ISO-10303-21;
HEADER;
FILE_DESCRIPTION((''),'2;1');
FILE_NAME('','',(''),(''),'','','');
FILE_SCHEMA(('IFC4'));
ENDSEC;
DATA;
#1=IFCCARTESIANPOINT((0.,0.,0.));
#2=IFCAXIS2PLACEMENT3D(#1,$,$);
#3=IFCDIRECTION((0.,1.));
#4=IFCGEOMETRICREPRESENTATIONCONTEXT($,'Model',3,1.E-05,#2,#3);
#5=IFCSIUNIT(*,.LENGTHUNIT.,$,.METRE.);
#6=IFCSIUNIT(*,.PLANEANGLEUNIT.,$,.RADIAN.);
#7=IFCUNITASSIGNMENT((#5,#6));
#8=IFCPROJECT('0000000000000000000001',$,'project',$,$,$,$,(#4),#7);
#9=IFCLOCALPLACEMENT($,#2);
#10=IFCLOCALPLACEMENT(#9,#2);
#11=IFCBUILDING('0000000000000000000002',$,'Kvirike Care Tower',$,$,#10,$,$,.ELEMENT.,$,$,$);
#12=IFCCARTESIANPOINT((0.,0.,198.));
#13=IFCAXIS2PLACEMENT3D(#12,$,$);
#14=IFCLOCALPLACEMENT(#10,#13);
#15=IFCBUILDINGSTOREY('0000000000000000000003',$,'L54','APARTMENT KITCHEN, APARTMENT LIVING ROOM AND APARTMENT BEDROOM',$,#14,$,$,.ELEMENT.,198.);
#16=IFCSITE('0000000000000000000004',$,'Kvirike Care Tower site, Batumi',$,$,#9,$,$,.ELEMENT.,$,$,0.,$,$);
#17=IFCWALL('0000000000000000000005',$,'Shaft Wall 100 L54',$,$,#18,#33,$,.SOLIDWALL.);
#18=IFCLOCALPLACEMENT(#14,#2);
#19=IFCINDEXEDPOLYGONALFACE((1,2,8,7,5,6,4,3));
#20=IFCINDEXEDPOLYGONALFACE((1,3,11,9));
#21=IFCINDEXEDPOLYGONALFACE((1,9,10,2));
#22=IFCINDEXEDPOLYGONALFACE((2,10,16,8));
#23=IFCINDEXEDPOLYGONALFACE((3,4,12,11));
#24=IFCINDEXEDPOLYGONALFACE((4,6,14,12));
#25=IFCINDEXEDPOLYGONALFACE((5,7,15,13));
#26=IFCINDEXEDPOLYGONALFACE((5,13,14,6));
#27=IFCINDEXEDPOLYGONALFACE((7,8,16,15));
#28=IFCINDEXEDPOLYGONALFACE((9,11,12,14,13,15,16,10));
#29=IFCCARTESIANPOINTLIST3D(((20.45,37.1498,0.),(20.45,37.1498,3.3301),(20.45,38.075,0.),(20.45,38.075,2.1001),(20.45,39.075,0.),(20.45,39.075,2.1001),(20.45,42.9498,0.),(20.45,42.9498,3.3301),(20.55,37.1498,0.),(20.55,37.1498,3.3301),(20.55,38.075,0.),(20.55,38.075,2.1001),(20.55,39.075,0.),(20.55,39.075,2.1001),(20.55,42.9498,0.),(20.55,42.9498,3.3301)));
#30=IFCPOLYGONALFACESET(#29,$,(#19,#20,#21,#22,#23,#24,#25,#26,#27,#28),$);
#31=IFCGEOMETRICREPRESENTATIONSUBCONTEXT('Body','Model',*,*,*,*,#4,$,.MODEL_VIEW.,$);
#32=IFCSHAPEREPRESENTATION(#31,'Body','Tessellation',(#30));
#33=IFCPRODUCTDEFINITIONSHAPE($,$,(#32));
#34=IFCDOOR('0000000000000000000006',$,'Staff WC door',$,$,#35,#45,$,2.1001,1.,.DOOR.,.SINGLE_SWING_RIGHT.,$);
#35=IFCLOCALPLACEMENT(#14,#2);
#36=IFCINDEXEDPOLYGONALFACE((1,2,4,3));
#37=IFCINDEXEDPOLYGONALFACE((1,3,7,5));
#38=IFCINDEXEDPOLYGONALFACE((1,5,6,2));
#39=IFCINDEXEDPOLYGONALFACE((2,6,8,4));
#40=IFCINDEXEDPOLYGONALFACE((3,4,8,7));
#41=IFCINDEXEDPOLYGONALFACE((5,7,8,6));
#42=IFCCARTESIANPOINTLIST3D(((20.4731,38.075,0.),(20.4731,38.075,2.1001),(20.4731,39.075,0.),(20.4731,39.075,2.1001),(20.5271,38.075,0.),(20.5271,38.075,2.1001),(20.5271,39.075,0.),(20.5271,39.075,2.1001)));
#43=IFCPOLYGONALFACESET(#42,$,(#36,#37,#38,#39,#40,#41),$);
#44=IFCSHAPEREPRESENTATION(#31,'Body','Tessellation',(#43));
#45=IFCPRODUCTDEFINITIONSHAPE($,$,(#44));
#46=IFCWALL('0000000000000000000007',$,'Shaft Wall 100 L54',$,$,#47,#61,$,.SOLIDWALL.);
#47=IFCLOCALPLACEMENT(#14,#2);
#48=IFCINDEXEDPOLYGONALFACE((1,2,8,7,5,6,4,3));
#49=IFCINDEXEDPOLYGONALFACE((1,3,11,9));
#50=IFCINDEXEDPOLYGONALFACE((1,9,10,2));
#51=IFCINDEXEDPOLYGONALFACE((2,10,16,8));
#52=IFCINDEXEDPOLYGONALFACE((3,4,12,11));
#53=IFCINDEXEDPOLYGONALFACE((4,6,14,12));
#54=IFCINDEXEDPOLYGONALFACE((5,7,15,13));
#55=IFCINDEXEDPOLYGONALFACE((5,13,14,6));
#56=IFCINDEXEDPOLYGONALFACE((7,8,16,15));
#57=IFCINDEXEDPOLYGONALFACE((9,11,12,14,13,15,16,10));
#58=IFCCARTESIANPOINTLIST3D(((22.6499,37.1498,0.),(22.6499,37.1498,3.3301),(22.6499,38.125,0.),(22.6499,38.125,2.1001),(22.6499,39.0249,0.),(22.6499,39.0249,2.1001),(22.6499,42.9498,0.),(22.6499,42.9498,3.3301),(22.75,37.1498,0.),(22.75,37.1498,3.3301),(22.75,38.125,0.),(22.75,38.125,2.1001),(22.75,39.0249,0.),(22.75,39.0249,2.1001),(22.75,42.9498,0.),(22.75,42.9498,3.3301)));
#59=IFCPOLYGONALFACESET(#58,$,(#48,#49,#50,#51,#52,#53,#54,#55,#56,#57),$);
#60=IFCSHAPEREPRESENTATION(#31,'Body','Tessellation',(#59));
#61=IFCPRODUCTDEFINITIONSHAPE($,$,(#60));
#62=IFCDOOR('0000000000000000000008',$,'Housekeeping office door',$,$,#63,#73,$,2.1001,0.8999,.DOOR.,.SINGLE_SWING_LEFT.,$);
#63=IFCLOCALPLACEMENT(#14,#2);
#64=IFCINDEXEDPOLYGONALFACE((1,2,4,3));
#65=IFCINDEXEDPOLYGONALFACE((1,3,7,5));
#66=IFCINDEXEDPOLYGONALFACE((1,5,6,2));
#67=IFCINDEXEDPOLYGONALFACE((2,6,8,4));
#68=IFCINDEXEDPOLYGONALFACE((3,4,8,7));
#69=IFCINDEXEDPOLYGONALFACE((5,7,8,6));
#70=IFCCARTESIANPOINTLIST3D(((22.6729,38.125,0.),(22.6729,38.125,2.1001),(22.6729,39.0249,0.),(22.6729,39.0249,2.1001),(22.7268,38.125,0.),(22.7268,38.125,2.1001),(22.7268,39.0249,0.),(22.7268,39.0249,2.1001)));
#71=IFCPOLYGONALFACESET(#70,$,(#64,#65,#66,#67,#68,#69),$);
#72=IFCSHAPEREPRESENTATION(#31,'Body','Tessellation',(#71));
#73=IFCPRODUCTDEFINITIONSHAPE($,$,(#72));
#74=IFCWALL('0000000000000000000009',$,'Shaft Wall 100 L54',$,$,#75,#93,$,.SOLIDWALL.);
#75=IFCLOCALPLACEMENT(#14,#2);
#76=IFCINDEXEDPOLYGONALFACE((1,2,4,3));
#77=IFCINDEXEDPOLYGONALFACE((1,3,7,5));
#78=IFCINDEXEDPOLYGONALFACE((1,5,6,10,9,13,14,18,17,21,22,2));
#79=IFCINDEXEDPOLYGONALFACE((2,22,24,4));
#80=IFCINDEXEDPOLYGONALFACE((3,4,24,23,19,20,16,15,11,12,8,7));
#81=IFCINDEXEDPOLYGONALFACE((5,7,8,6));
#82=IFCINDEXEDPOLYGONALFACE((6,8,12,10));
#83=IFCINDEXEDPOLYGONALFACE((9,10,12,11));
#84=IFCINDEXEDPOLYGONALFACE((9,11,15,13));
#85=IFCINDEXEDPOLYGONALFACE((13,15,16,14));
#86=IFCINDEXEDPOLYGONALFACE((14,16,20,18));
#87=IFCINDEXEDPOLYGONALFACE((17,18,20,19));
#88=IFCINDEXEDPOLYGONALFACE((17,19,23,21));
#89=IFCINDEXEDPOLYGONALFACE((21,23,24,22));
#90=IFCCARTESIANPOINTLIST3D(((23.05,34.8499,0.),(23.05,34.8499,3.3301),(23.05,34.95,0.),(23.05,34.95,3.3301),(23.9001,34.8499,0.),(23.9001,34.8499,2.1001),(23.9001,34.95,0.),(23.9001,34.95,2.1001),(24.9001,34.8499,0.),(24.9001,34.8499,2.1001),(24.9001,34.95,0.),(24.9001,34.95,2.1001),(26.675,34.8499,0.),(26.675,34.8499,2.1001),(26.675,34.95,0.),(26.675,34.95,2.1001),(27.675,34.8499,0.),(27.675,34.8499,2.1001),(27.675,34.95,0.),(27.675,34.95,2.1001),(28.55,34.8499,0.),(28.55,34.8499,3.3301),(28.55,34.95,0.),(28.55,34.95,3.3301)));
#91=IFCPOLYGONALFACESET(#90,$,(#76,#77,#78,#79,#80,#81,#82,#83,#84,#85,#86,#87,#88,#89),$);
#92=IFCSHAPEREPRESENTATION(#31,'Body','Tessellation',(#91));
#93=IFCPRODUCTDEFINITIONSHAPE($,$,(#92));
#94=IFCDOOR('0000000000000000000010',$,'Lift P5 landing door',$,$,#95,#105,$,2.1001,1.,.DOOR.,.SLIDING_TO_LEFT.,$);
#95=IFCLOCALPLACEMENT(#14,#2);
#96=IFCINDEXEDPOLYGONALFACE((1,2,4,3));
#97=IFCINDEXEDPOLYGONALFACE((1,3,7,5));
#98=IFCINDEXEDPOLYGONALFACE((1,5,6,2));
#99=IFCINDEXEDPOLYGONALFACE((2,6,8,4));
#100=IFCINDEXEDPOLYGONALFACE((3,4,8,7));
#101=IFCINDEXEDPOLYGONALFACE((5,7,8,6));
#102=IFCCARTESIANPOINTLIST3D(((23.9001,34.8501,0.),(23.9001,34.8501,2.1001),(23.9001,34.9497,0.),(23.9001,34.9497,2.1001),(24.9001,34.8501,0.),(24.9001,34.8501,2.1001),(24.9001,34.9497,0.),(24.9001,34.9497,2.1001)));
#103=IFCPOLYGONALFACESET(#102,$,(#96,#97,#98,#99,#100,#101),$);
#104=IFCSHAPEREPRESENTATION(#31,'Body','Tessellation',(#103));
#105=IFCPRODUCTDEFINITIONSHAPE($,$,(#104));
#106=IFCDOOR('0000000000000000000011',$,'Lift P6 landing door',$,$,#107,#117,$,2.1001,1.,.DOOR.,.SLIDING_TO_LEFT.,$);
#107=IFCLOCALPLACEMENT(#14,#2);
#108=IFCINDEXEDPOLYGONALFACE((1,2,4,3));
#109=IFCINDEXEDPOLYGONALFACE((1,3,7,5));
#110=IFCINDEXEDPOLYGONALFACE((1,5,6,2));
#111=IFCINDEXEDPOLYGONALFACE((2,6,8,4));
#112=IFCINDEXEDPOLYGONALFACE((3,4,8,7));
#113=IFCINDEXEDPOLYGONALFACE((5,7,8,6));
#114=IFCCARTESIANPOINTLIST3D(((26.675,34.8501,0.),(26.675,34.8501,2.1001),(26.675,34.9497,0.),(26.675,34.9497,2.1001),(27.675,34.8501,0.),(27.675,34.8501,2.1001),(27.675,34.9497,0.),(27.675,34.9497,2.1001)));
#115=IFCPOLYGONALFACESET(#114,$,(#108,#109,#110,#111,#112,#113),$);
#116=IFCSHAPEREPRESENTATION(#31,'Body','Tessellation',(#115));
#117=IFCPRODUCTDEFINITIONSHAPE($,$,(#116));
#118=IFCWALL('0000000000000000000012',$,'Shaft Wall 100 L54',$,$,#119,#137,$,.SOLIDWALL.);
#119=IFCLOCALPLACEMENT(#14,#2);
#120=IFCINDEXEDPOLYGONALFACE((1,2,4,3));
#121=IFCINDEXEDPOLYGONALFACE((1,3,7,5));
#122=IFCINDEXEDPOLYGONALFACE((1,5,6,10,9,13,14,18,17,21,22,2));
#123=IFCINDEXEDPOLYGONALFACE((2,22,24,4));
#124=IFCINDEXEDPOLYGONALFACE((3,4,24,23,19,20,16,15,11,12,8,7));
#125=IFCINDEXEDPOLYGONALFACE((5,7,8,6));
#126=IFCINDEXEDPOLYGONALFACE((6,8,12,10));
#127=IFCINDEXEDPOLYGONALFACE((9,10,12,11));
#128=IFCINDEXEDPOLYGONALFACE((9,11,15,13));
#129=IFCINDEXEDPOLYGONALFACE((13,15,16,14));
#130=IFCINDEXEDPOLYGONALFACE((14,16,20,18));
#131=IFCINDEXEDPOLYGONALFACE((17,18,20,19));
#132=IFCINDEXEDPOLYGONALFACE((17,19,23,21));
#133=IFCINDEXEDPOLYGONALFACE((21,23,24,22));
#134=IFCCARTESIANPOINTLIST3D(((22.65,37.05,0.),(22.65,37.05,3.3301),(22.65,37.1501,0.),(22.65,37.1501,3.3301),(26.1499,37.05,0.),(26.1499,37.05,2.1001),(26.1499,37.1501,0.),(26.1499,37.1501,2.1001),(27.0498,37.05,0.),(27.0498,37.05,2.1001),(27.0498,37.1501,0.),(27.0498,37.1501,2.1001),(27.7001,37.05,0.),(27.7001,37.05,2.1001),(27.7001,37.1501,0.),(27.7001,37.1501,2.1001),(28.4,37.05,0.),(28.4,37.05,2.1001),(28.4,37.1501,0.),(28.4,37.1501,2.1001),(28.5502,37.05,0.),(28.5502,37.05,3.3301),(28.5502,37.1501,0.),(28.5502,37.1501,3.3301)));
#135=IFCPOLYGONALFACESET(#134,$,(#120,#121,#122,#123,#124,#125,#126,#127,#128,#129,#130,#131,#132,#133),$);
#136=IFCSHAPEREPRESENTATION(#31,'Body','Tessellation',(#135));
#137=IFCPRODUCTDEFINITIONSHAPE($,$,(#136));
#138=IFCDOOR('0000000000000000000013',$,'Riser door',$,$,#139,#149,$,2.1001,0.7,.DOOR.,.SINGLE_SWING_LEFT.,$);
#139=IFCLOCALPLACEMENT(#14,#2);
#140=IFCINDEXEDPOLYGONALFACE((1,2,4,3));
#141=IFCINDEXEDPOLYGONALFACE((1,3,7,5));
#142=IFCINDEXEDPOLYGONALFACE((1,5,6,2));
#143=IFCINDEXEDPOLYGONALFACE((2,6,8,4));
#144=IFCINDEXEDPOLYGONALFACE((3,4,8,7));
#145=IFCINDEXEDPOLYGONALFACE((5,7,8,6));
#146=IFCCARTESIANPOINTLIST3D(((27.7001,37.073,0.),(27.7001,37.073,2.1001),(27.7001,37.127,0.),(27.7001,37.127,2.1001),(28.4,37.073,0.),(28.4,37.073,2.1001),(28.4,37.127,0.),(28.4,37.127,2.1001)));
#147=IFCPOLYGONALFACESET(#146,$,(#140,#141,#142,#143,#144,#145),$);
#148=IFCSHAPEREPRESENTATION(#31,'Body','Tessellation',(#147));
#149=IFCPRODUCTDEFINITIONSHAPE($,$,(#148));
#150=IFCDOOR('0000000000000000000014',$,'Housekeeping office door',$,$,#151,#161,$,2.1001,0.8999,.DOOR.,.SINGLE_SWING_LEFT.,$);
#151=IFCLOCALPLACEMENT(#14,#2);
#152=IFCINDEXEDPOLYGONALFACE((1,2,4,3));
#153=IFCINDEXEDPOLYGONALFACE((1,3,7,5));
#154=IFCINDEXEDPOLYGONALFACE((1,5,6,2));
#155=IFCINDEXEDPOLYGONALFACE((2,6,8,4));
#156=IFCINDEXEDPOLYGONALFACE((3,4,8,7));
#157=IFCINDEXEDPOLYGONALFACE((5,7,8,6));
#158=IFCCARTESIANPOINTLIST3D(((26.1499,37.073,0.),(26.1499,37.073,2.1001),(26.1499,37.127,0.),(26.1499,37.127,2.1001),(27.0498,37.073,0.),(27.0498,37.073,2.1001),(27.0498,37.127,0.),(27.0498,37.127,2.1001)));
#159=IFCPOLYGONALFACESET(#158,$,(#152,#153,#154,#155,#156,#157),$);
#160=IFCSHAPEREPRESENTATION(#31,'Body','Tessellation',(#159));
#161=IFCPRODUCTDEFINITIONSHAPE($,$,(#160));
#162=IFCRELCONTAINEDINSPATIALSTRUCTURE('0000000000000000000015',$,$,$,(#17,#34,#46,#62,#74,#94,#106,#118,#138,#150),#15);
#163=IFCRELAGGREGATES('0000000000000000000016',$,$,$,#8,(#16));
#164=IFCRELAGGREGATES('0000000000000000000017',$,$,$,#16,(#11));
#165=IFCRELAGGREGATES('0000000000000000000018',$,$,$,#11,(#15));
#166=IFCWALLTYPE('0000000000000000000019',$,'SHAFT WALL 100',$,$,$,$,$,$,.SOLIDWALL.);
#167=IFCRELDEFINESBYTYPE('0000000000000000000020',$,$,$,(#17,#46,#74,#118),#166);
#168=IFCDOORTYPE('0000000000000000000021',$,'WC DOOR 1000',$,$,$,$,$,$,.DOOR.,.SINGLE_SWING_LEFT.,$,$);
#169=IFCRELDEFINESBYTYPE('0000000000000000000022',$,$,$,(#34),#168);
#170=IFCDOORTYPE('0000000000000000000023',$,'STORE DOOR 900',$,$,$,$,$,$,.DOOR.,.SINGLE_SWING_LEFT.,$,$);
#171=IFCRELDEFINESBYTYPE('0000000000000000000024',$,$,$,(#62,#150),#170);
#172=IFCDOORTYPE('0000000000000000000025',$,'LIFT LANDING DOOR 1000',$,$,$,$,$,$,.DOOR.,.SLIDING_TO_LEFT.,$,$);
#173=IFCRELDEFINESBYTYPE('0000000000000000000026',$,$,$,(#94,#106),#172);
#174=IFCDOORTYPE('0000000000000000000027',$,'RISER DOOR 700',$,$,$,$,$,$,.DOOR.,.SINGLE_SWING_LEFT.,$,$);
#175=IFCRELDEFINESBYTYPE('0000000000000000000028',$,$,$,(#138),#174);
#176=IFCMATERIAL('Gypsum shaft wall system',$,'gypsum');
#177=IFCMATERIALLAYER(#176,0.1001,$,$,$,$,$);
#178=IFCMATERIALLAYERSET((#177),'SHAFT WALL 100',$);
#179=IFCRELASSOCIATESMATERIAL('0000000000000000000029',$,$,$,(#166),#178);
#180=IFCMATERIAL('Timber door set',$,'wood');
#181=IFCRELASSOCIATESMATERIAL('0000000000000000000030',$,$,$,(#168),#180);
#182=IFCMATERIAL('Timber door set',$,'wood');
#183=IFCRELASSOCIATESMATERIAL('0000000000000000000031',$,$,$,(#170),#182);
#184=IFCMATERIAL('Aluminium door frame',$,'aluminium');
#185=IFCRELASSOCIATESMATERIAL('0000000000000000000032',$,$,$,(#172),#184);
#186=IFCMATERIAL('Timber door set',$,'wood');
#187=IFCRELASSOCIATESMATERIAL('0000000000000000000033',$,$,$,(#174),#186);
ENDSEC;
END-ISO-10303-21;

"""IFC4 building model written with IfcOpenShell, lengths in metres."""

from ifc_helpers import new_model, si_unit, direction, frame, frame_2d, origin, place, context, subcontext, project, spatial, rectangle, extrude, material, layer, layer_set, type_object, element, fill, save


model = new_model("IFC4")

# Units and contexts
model_context = context("Model", 3, precision=1e-05, world=origin(), true_north=direction((0.0, 1.0)))
body_context = subcontext(model_context, "Body", "Model", "MODEL_VIEW")
ifc_project = project(units=[si_unit("LENGTHUNIT", "METRE"), si_unit("PLANEANGLEUNIT", "RADIAN")], contexts=[model_context])

# Site, building, storey
site_placement = place(None, origin())
site = spatial("IfcSite", under=ifc_project, at=site_placement, Name="Kvirike Care Tower site, Batumi", CompositionType="ELEMENT", RefElevation=0.0)
building_placement = place(site_placement, origin())
building = spatial("IfcBuilding", under=site, at=building_placement, Name="Kvirike Care Tower", CompositionType="ELEMENT")
storey_placement = place(building_placement, frame((0.0, 0.0, 198.0)))
storey = spatial("IfcBuildingStorey", under=building, at=storey_placement, Name="L54", Description="APARTMENT KITCHEN, APARTMENT LIVING ROOM AND APARTMENT BEDROOM", CompositionType="ELEMENT", Elevation=198.0)

# Shared definitions
ifc_material_1 = material(Name="Gypsum shaft wall system", Category="gypsum")
ifc_layer_1 = layer(ifc_material_1, 0.1001)
ifc_layer_set_1 = layer_set([ifc_layer_1], Name="SHAFT WALL 100")
wall_type = type_object("IfcWallType", Name="SHAFT WALL 100", PredefinedType="SOLIDWALL", material=ifc_layer_set_1)

# Walls, openings, doors
wall_1_placement = place(storey_placement, frame((20.5, 37.1499, 0.0), z_axis=(0.0, 0.0, 1.0), x_axis=(0.0, 1.0, 0.0)))
wall_1 = element("IfcWall", 1, at=wall_1_placement, inside=storey, type_object=wall_type, Name="Shaft Wall 100 L54", PredefinedType="SOLIDWALL", context=body_context, shape_type="SweptSolid", body=[
    extrude(rectangle(XDim=5.8, YDim=0.1001, at=frame_2d((2.8999, 0.0))), origin(), (0.0, 0.0, 1.0), 3.3301),
])
opening_1_placement = place(wall_1_placement, frame((0.925, 0.0, 0.0)))
opening_1 = element("IfcOpeningElement", 2, at=opening_1_placement, cuts=wall_1, PredefinedType="OPENING", context=body_context, shape_type="SweptSolid", body=[
    extrude(rectangle(XDim=1.0, YDim=2.1001, at=frame_2d((0.5, 1.05))), frame((0.0, 0.0605, 0.0), z_axis=(0.0, -1.0, 0.0), x_axis=(1.0, 0.0, 0.0)), (0.0, 0.0, 1.0), 0.1211),
])
ifc_material_2 = material(Name="Timber door set", Category="wood")
door_type_1 = type_object("IfcDoorType", Name="WC DOOR 1000", OperationType="SINGLE_SWING_LEFT", PredefinedType="DOOR", material=ifc_material_2)
door_1_placement = place(opening_1_placement, origin())
door_1 = element("IfcDoor", 3, at=door_1_placement, inside=storey, type_object=door_type_1, Name="Staff WC door", OperationType="SINGLE_SWING_RIGHT", OverallHeight=2.1001, OverallWidth=1.0, PredefinedType="DOOR", context=body_context, shape_type="SweptSolid", body=[
    extrude(rectangle(XDim=1.0, YDim=2.1001, at=frame_2d((0.5, 1.05))), frame((0.0, 0.0269, 0.0), z_axis=(0.0, -1.0, 0.0), x_axis=(1.0, 0.0, 0.0)), (0.0, 0.0, 1.0), 0.054),
])
fill(opening_1, door_1)
wall_2_placement = place(storey_placement, frame((22.7, 37.1499, 0.0), z_axis=(0.0, 0.0, 1.0), x_axis=(0.0, 1.0, 0.0)))
wall_2 = element("IfcWall", 4, at=wall_2_placement, inside=storey, type_object=wall_type, Name="Shaft Wall 100 L54", PredefinedType="SOLIDWALL", context=body_context, shape_type="SweptSolid", body=[
    extrude(rectangle(XDim=5.8, YDim=0.1001, at=frame_2d((2.8999, 0.0))), origin(), (0.0, 0.0, 1.0), 3.3301),
])
opening_2_placement = place(wall_2_placement, frame((0.9751, 0.0, 0.0)))
opening_2 = element("IfcOpeningElement", 5, at=opening_2_placement, cuts=wall_2, PredefinedType="OPENING", context=body_context, shape_type="SweptSolid", body=[
    extrude(rectangle(XDim=0.8999, YDim=2.1001, at=frame_2d((0.45, 1.05))), frame((0.0, 0.0605, 0.0), z_axis=(0.0, -1.0, 0.0), x_axis=(1.0, 0.0, 0.0)), (0.0, 0.0, 1.0), 0.1211),
])
ifc_material_3 = material(Name="Timber door set", Category="wood")
door_type_2 = type_object("IfcDoorType", Name="STORE DOOR 900", OperationType="SINGLE_SWING_LEFT", PredefinedType="DOOR", material=ifc_material_3)
door_2_placement = place(opening_2_placement, frame((0.8999, 0.0, 0.0), z_axis=(0.0, 0.0, 1.0), x_axis=(-1.0, 0.0, 0.0)))
door_2 = element("IfcDoor", 6, at=door_2_placement, inside=storey, type_object=door_type_2, Name="Housekeeping office door", OperationType="SINGLE_SWING_LEFT", OverallHeight=2.1001, OverallWidth=0.8999, PredefinedType="DOOR", context=body_context, shape_type="SweptSolid", body=[
    extrude(rectangle(XDim=0.8999, YDim=2.1001, at=frame_2d((0.45, 1.05))), frame((0.0, 0.0269, 0.0), z_axis=(0.0, -1.0, 0.0), x_axis=(1.0, 0.0, 0.0)), (0.0, 0.0, 1.0), 0.054),
])
fill(opening_2, door_2)

# Walls, openings, doors
wall_3_placement = place(storey_placement, frame((23.05, 34.8999, 0.0), z_axis=(0.0, 0.0, 1.0), x_axis=(1.0, 0.0, 0.0)))
wall_3 = element("IfcWall", 7, at=wall_3_placement, inside=storey, type_object=wall_type, Name="Shaft Wall 100 L54", PredefinedType="SOLIDWALL", context=body_context, shape_type="SweptSolid", body=[
    extrude(rectangle(XDim=5.5, YDim=0.1001, at=frame_2d((2.75, 0.0))), origin(), (0.0, 0.0, 1.0), 3.3301),
])
opening_3_placement = place(wall_3_placement, frame((0.8501, 0.0, 0.0)))
opening_3 = element("IfcOpeningElement", 8, at=opening_3_placement, cuts=wall_3, PredefinedType="OPENING", context=body_context, shape_type="SweptSolid", body=[
    extrude(rectangle(XDim=1.0, YDim=2.1001, at=frame_2d((0.5, 1.05))), frame((0.0, 0.0605, 0.0), z_axis=(0.0, -1.0, 0.0), x_axis=(1.0, 0.0, 0.0)), (0.0, 0.0, 1.0), 0.1211),
])
opening_4_placement = place(wall_3_placement, frame((3.625, 0.0, 0.0)))
opening_4 = element("IfcOpeningElement", 9, at=opening_4_placement, cuts=wall_3, PredefinedType="OPENING", context=body_context, shape_type="SweptSolid", body=[
    extrude(rectangle(XDim=1.0, YDim=2.1001, at=frame_2d((0.5, 1.05))), frame((0.0, 0.0605, 0.0), z_axis=(0.0, -1.0, 0.0), x_axis=(1.0, 0.0, 0.0)), (0.0, 0.0, 1.0), 0.1211),
])
ifc_material_4 = material(Name="Aluminium door frame", Category="aluminium")
door_type_3 = type_object("IfcDoorType", Name="LIFT LANDING DOOR 1000", OperationType="SLIDING_TO_LEFT", PredefinedType="DOOR", material=ifc_material_4)
door_3_placement = place(opening_3_placement, origin())
door_3 = element("IfcDoor", 10, at=door_3_placement, inside=storey, type_object=door_type_3, Name="Lift P5 landing door", OperationType="SLIDING_TO_LEFT", OverallHeight=2.1001, OverallWidth=1.0, PredefinedType="DOOR", context=body_context, shape_type="SweptSolid", body=[
    extrude(rectangle(XDim=1.0, YDim=2.1001, at=frame_2d((0.5, 1.05))), frame((0.0, 0.0498, 0.0), z_axis=(0.0, -1.0, 0.0), x_axis=(1.0, 0.0, 0.0)), (0.0, 0.0, 1.0), 0.0996),
])
fill(opening_3, door_3)
door_4_placement = place(opening_4_placement, origin())
door_4 = element("IfcDoor", 11, at=door_4_placement, inside=storey, type_object=door_type_3, Name="Lift P6 landing door", OperationType="SLIDING_TO_LEFT", OverallHeight=2.1001, OverallWidth=1.0, PredefinedType="DOOR", context=body_context, shape_type="SweptSolid", body=[
    extrude(rectangle(XDim=1.0, YDim=2.1001, at=frame_2d((0.5, 1.05))), frame((0.0, 0.0498, 0.0), z_axis=(0.0, -1.0, 0.0), x_axis=(1.0, 0.0, 0.0)), (0.0, 0.0, 1.0), 0.0996),
])
fill(opening_4, door_4)
wall_4_placement = place(storey_placement, frame((22.6499, 37.1001, 0.0), z_axis=(0.0, 0.0, 1.0), x_axis=(1.0, 0.0, 0.0)))
wall_4 = element("IfcWall", 12, at=wall_4_placement, inside=storey, type_object=wall_type, Name="Shaft Wall 100 L54", PredefinedType="SOLIDWALL", context=body_context, shape_type="SweptSolid", body=[
    extrude(rectangle(XDim=5.9001, YDim=0.1001, at=frame_2d((2.9502, 0.0))), origin(), (0.0, 0.0, 1.0), 3.3301),
])
opening_5_placement = place(wall_4_placement, frame((3.5, 0.0, 0.0)))
opening_5 = element("IfcOpeningElement", 13, at=opening_5_placement, cuts=wall_4, PredefinedType="OPENING", context=body_context, shape_type="SweptSolid", body=[
    extrude(rectangle(XDim=0.8999, YDim=2.1001, at=frame_2d((0.45, 1.05))), frame((0.0, 0.0605, 0.0), z_axis=(0.0, -1.0, 0.0), x_axis=(1.0, 0.0, 0.0)), (0.0, 0.0, 1.0), 0.1211),
])
opening_6_placement = place(wall_4_placement, frame((5.05, 0.0, 0.0)))
opening_6 = element("IfcOpeningElement", 14, at=opening_6_placement, cuts=wall_4, PredefinedType="OPENING", context=body_context, shape_type="SweptSolid", body=[
    extrude(rectangle(XDim=0.7, YDim=2.1001, at=frame_2d((0.3501, 1.05))), frame((0.0, 0.0605, 0.0), z_axis=(0.0, -1.0, 0.0), x_axis=(1.0, 0.0, 0.0)), (0.0, 0.0, 1.0), 0.1211),
])
ifc_material_5 = material(Name="Timber door set", Category="wood")
door_type_4 = type_object("IfcDoorType", Name="RISER DOOR 700", OperationType="SINGLE_SWING_LEFT", PredefinedType="DOOR", material=ifc_material_5)
door_5_placement = place(opening_6_placement, origin())
door_5 = element("IfcDoor", 15, at=door_5_placement, inside=storey, type_object=door_type_4, Name="Riser door", OperationType="SINGLE_SWING_LEFT", OverallHeight=2.1001, OverallWidth=0.7, PredefinedType="DOOR", context=body_context, shape_type="SweptSolid", body=[
    extrude(rectangle(XDim=0.7, YDim=2.1001, at=frame_2d((0.3501, 1.05))), frame((0.0, 0.0269, 0.0), z_axis=(0.0, -1.0, 0.0), x_axis=(1.0, 0.0, 0.0)), (0.0, 0.0, 1.0), 0.054),
])
fill(opening_6, door_5)
door_6_placement = place(opening_5_placement, origin())
door_6 = element("IfcDoor", 16, at=door_6_placement, inside=storey, type_object=door_type_2, Name="Housekeeping office door", OperationType="SINGLE_SWING_LEFT", OverallHeight=2.1001, OverallWidth=0.8999, PredefinedType="DOOR", context=body_context, shape_type="SweptSolid", body=[
    extrude(rectangle(XDim=0.8999, YDim=2.1001, at=frame_2d((0.45, 1.05))), frame((0.0, 0.0269, 0.0), z_axis=(0.0, -1.0, 0.0), x_axis=(1.0, 0.0, 0.0)), (0.0, 0.0, 1.0), 0.054),
])
fill(opening_5, door_6)

save(model, "model.ifc")
